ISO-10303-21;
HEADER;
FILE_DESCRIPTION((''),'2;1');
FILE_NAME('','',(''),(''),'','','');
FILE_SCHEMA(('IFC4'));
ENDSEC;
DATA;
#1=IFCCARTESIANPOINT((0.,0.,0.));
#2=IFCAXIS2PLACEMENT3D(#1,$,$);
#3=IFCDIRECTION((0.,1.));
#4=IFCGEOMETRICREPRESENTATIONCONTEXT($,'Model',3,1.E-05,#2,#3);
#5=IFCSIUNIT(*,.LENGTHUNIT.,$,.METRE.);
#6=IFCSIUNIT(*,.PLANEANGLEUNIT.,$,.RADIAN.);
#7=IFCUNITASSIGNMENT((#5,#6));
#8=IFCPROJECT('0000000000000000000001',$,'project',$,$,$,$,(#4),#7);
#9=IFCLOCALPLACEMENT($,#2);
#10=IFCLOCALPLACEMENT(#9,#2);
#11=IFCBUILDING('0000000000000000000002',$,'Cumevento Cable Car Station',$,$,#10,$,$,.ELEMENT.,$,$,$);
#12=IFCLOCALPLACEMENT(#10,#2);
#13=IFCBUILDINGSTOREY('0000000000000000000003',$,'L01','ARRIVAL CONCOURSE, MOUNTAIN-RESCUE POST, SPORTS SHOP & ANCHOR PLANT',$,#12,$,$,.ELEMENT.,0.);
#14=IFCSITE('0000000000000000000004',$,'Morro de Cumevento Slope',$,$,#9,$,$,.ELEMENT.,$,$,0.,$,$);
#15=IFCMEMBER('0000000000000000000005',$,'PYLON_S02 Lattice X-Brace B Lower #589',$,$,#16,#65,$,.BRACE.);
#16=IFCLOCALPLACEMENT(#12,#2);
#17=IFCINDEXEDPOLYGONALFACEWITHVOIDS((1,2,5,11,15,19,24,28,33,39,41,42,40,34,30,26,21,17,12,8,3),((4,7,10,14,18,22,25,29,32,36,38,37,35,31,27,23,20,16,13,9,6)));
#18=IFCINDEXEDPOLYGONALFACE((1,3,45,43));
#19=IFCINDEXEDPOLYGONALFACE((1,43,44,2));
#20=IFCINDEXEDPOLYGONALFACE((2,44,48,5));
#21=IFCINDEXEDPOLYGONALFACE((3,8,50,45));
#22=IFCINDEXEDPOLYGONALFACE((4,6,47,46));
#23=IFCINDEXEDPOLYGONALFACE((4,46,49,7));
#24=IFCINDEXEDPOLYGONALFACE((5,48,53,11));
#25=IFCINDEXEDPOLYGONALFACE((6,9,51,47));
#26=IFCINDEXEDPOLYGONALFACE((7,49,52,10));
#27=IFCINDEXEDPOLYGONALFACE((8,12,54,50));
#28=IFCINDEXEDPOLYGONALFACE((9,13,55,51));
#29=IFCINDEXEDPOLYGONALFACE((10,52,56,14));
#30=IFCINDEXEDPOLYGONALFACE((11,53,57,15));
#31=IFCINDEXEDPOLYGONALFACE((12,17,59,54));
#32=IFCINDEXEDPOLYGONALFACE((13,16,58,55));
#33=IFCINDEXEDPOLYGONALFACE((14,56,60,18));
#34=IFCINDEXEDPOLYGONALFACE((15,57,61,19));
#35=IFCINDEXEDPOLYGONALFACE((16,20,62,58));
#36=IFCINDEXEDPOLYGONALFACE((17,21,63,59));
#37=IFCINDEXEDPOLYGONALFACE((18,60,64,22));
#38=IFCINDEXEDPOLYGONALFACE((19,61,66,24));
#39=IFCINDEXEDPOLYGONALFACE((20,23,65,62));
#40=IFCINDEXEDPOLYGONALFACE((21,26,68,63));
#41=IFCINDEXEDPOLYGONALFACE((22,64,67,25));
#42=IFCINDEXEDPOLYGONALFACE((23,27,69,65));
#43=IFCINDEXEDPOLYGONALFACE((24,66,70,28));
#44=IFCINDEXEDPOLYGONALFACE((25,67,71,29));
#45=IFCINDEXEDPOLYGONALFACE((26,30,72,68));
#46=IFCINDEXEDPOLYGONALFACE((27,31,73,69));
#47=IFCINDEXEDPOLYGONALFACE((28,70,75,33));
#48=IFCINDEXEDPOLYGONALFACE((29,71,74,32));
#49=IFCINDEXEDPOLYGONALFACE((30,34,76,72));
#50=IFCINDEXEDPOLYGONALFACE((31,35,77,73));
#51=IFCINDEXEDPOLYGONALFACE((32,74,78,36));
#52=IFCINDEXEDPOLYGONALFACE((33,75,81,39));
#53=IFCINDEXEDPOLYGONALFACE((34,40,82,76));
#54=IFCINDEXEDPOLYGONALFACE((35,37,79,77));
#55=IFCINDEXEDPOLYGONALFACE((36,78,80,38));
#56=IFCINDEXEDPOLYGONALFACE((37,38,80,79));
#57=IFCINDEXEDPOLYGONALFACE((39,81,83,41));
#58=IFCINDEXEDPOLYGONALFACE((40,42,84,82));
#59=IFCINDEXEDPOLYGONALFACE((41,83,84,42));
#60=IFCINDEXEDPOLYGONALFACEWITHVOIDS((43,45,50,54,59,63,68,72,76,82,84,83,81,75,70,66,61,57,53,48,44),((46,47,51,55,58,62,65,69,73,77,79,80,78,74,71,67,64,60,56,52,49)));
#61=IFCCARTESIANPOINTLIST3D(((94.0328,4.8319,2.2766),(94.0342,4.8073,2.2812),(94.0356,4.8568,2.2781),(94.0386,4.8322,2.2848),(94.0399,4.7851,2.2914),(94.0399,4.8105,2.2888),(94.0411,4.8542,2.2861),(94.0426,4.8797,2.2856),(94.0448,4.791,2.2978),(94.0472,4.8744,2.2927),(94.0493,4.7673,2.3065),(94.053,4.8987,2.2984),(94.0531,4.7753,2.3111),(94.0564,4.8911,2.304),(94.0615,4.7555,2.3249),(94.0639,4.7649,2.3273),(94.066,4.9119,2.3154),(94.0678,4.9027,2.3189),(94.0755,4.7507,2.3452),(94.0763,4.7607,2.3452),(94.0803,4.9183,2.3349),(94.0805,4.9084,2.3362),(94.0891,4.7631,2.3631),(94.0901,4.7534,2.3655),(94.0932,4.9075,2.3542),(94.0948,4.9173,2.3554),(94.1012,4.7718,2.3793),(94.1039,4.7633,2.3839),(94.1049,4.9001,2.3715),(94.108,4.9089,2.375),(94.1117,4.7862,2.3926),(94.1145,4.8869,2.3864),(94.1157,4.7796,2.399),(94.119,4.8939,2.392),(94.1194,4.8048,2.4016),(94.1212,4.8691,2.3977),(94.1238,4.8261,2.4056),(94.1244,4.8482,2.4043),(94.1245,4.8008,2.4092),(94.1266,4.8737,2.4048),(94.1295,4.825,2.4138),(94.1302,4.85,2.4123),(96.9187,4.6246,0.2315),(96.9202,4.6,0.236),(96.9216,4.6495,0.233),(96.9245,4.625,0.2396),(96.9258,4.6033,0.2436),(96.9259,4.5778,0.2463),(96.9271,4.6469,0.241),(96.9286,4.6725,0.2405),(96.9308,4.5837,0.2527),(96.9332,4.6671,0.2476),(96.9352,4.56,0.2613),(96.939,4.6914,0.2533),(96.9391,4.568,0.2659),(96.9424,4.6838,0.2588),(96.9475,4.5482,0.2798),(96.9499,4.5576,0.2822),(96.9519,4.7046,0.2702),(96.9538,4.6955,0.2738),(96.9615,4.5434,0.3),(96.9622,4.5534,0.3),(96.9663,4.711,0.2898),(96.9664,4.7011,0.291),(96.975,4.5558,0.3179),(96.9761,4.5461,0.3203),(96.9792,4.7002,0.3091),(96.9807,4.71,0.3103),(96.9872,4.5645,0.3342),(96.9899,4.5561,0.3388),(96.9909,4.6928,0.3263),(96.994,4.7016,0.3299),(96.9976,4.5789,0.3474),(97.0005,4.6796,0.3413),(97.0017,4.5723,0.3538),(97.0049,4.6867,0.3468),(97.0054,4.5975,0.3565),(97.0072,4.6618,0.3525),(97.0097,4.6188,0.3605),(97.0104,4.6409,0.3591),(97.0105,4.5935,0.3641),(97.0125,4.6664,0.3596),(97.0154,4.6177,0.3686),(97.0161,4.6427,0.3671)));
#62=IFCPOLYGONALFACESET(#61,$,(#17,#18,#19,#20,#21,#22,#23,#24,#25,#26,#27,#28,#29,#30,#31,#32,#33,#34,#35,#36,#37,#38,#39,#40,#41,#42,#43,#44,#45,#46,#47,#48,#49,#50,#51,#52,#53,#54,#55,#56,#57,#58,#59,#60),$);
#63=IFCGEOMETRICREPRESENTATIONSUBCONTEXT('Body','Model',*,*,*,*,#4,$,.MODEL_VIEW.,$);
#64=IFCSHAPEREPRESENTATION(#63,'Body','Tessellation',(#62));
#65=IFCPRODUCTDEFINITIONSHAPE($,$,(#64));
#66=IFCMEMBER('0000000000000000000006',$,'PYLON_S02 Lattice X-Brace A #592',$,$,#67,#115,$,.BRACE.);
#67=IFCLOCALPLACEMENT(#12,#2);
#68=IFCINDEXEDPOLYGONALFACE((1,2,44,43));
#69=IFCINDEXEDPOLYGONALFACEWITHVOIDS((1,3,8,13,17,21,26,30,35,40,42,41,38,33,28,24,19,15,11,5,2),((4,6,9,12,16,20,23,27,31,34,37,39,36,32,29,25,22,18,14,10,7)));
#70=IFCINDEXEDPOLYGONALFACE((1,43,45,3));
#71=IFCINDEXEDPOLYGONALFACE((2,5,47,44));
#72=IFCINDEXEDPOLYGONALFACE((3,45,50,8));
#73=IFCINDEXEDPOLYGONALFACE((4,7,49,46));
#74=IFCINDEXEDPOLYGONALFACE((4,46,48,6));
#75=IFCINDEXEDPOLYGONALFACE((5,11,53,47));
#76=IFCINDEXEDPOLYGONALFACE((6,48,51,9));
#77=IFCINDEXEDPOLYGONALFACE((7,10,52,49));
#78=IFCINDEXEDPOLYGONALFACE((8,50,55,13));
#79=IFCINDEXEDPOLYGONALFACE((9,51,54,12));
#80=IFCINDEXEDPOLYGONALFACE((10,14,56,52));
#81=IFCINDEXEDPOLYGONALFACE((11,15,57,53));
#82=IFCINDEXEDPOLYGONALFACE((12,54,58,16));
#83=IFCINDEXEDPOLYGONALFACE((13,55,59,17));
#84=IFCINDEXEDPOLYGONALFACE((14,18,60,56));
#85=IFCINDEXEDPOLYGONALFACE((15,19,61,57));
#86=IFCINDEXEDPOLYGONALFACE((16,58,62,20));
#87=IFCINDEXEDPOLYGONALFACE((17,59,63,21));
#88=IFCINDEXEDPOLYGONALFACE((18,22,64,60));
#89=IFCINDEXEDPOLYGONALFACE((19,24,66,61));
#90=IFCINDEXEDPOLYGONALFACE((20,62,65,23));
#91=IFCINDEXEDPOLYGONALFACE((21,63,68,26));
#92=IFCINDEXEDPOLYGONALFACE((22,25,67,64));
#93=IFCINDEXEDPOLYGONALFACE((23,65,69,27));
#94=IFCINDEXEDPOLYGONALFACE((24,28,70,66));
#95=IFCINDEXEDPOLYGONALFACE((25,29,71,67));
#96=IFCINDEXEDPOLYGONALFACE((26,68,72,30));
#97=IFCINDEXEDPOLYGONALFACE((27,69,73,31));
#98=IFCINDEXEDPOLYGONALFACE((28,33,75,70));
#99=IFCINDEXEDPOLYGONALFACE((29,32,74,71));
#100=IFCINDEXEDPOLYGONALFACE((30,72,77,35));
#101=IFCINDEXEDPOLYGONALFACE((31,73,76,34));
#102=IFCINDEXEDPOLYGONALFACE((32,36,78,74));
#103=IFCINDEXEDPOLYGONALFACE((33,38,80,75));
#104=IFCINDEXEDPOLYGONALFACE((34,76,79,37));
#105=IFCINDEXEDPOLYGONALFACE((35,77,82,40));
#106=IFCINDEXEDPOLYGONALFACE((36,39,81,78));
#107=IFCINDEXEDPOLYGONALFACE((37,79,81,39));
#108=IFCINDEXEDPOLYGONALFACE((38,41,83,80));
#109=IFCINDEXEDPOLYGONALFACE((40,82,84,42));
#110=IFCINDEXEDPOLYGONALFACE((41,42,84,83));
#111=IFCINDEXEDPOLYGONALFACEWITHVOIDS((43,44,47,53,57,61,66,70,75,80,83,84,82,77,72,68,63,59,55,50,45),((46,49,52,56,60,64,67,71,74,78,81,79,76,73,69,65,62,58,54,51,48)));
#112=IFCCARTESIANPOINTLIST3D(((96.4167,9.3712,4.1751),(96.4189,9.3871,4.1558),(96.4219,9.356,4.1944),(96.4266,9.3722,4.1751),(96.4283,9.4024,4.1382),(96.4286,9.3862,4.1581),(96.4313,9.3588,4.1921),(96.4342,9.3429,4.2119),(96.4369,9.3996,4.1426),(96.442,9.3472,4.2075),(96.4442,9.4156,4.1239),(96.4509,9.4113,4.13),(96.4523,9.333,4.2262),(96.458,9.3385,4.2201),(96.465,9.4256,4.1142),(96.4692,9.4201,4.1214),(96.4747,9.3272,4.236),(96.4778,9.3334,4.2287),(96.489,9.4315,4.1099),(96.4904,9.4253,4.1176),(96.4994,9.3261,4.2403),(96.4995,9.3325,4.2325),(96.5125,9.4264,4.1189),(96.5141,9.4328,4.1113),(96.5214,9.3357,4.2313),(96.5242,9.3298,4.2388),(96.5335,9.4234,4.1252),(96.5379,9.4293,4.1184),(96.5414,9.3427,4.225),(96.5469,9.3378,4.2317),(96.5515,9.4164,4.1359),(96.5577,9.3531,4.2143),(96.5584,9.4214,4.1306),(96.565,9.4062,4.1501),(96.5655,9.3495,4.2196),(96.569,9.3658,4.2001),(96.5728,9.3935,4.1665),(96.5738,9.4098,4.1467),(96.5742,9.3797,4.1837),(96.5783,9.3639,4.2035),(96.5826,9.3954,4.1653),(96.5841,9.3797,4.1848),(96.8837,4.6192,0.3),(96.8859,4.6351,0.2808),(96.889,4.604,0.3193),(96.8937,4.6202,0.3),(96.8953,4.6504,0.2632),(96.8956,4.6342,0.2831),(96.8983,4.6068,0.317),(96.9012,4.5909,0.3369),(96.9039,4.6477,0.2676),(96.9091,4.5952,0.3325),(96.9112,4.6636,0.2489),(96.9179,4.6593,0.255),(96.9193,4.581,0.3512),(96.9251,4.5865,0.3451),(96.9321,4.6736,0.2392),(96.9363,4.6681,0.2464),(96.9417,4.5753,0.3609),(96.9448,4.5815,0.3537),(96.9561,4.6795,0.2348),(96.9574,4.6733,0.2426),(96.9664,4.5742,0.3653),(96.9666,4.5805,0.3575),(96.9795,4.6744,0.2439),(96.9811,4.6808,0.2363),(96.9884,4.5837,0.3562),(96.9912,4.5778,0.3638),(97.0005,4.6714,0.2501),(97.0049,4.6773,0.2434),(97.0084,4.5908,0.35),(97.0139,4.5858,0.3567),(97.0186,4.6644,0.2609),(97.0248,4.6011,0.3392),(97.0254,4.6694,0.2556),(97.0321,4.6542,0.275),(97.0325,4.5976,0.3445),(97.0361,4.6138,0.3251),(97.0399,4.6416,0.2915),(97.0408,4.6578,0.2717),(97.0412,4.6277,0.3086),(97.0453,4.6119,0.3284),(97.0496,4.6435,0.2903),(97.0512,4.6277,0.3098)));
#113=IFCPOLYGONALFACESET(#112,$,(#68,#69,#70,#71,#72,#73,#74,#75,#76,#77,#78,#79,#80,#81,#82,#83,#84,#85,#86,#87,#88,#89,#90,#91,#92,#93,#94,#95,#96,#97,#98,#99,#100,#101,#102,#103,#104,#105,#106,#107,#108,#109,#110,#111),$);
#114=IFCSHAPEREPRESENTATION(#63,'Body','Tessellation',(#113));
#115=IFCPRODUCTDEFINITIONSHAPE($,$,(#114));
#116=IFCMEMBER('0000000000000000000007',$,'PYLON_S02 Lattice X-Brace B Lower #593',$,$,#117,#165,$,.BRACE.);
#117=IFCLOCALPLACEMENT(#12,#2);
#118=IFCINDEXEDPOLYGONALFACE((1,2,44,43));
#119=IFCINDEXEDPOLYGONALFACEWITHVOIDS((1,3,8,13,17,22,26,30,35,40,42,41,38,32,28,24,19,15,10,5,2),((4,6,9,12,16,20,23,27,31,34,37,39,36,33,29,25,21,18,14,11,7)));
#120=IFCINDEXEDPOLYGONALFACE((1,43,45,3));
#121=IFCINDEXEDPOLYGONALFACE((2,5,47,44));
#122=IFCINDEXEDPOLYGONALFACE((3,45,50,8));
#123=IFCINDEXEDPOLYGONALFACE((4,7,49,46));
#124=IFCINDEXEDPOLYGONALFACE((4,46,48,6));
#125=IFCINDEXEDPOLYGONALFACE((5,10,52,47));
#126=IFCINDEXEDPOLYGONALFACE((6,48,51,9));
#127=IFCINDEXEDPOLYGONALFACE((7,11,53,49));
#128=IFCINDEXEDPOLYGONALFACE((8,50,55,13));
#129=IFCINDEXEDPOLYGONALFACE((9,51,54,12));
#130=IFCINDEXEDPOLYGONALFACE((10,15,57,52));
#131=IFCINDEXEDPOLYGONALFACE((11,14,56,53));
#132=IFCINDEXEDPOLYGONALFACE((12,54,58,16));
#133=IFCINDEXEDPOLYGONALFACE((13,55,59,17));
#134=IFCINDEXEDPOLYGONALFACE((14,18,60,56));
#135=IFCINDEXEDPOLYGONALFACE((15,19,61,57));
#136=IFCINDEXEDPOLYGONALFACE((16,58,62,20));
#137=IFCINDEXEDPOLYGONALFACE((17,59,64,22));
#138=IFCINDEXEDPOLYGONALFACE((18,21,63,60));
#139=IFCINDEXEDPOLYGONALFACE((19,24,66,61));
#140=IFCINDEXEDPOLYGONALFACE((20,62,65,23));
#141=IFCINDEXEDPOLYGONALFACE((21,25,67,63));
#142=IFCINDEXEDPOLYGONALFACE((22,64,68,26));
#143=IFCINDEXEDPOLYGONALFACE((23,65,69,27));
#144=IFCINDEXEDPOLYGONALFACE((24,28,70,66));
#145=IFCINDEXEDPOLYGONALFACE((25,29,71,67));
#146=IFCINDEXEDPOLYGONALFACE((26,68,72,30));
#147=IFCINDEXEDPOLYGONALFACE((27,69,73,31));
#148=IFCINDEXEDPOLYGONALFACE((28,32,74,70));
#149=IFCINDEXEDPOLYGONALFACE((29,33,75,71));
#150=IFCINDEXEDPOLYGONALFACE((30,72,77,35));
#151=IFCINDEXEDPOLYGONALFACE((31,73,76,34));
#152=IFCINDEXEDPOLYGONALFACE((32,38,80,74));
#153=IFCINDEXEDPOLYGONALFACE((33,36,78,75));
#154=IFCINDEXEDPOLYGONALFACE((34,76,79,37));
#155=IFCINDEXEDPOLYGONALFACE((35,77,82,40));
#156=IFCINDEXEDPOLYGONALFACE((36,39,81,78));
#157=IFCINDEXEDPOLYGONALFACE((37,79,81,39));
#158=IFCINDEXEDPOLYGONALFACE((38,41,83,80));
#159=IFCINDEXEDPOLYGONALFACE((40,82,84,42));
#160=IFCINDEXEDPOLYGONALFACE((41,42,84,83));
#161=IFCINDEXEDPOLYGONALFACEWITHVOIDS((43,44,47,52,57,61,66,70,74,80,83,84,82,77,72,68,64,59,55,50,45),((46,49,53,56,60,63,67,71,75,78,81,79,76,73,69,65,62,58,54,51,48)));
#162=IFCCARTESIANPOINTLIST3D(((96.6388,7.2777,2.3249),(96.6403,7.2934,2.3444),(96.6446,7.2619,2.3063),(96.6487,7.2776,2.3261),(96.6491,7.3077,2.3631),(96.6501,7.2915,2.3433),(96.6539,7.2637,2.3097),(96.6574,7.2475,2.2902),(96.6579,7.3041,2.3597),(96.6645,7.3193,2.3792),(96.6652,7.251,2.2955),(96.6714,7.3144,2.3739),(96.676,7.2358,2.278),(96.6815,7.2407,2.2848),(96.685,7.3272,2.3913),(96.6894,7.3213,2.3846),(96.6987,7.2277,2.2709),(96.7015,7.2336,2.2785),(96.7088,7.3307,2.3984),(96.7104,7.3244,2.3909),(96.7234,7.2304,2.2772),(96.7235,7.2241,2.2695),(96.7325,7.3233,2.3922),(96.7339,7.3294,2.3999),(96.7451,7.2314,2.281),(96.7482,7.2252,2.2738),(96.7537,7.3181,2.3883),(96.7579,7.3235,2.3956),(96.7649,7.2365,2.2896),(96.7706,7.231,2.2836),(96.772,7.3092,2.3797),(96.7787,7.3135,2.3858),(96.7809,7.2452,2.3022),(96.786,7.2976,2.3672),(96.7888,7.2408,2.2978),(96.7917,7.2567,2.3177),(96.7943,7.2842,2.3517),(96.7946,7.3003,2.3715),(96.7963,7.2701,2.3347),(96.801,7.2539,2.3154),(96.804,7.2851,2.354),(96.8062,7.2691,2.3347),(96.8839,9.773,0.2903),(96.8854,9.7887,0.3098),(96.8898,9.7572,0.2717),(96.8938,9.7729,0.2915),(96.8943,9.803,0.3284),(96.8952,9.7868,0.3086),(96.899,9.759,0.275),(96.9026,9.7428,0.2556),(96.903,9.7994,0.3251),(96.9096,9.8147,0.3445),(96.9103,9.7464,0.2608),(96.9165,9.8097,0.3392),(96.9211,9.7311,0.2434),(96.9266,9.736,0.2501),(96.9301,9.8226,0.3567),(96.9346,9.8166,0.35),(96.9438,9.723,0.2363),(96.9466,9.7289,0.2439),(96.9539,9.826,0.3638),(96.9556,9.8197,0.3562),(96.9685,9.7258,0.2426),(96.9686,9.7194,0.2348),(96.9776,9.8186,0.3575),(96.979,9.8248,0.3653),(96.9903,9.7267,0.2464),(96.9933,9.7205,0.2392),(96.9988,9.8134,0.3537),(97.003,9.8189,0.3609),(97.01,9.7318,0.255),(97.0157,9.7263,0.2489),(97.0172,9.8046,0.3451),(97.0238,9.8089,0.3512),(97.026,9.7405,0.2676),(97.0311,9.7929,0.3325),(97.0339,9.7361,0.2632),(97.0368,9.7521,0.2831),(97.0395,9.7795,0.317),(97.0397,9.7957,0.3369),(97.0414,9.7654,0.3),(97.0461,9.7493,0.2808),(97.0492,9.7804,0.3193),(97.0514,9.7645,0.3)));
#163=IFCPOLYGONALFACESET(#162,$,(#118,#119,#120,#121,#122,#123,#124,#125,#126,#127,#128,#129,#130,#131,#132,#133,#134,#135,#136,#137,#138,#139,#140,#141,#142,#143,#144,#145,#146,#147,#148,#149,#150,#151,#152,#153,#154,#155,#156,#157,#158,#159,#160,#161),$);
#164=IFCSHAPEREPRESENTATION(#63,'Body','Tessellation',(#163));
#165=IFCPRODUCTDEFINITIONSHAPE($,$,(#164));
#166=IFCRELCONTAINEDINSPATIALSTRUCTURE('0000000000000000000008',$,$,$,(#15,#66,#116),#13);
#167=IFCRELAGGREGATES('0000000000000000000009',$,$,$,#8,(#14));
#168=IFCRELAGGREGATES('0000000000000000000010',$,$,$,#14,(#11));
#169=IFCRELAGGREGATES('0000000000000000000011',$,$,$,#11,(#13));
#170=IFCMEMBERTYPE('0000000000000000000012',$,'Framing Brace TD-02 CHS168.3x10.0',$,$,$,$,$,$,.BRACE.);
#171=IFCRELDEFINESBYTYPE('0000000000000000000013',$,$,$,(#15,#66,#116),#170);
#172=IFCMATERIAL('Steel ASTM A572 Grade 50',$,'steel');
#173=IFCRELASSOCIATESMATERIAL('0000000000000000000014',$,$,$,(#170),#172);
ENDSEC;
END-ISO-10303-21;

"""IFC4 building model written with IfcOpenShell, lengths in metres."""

from ifc_helpers import new_model, si_unit, direction, frame, origin, origin_2d, place, context, subcontext, project, spatial, hollow_circle, extrude, material, material_profile, profile_set, type_object, element, save


model = new_model("IFC4")

# Units and contexts
model_context = context("Model", 3, precision=1e-05, world=origin(), true_north=direction((0.0, 1.0)))
body_context = subcontext(model_context, "Body", "Model", "MODEL_VIEW")
ifc_project = project(units=[si_unit("LENGTHUNIT", "METRE"), si_unit("PLANEANGLEUNIT", "RADIAN")], contexts=[model_context])

# Site, building, storey
site_placement = place(None, origin())
site = spatial("IfcSite", under=ifc_project, at=site_placement, Name="Morro de Cumevento Slope", CompositionType="ELEMENT", RefElevation=0.0)
building_placement = place(site_placement, origin())
building = spatial("IfcBuilding", under=site, at=building_placement, Name="Cumevento Cable Car Station", CompositionType="ELEMENT")
storey_placement = place(building_placement, origin())
storey = spatial("IfcBuildingStorey", under=building, at=storey_placement, Name="L01", Description="ARRIVAL CONCOURSE, MOUNTAIN-RESCUE POST, SPORTS SHOP & ANCHOR PLANT", CompositionType="ELEMENT", Elevation=0.0)

# Members
ifc_material_1 = material(Name="Steel ASTM A572 Grade 50", Category="steel")
ifc_material_profile_1 = material_profile(ifc_material_1, hollow_circle(Radius=0.0842, WallThickness=0.01, at=origin_2d()), Name="CHS168.3x10.0")
ifc_profile_set_1 = profile_set([ifc_material_profile_1], Name="Steel ASTM A572 Grade 50")
member_type_1 = type_object("IfcMemberType", Name="Framing Brace TD-02 CHS168.3x10.0", PredefinedType="BRACE", material=ifc_profile_set_1)
member_1_placement = place(storey_placement, frame((96.9675, 4.6274, 0.3), z_axis=(-0.814504, 0.058499, 0.577201), x_axis=(-0.071637, -0.997431, 0.0)))
element("IfcMember", 1, at=member_1_placement, inside=storey, type_object=member_type_1, Name="PYLON_S02 Lattice X-Brace B Lower #589", PredefinedType="BRACE", context=body_context, shape_type="SweptSolid", body=[
    extrude(hollow_circle(Radius=0.0842, WallThickness=0.01, at=origin_2d()), origin(), (0.0, 0.0, 1.0), 3.5432),
])
member_2_placement = place(storey_placement, frame((96.9675, 4.6274, 0.3), z_axis=(-0.075949, 0.772754, 0.630145), x_axis=(-0.995205, -0.097813, 0.0)))
element("IfcMember", 2, at=member_2_placement, inside=storey, type_object=member_type_1, Name="PYLON_S02 Lattice X-Brace A #592", PredefinedType="BRACE", context=body_context, shape_type="SweptSolid", body=[
    extrude(hollow_circle(Radius=0.0842, WallThickness=0.01, at=origin_2d()), origin(), (0.0, 0.0, 1.0), 6.1494),
])
member_3_placement = place(storey_placement, frame((96.9675, 9.7727, 0.3), z_axis=(-0.07591, -0.772784, 0.630113), x_axis=(0.99521, -0.097759, 0.0)))
element("IfcMember", 3, at=member_3_placement, inside=storey, type_object=member_type_1, Name="PYLON_S02 Lattice X-Brace B Lower #593", PredefinedType="BRACE", context=body_context, shape_type="SweptSolid", body=[
    extrude(hollow_circle(Radius=0.0842, WallThickness=0.01, at=origin_2d()), origin(), (0.0, 0.0, 1.0), 3.229),
])

save(model, "model.ifc")
